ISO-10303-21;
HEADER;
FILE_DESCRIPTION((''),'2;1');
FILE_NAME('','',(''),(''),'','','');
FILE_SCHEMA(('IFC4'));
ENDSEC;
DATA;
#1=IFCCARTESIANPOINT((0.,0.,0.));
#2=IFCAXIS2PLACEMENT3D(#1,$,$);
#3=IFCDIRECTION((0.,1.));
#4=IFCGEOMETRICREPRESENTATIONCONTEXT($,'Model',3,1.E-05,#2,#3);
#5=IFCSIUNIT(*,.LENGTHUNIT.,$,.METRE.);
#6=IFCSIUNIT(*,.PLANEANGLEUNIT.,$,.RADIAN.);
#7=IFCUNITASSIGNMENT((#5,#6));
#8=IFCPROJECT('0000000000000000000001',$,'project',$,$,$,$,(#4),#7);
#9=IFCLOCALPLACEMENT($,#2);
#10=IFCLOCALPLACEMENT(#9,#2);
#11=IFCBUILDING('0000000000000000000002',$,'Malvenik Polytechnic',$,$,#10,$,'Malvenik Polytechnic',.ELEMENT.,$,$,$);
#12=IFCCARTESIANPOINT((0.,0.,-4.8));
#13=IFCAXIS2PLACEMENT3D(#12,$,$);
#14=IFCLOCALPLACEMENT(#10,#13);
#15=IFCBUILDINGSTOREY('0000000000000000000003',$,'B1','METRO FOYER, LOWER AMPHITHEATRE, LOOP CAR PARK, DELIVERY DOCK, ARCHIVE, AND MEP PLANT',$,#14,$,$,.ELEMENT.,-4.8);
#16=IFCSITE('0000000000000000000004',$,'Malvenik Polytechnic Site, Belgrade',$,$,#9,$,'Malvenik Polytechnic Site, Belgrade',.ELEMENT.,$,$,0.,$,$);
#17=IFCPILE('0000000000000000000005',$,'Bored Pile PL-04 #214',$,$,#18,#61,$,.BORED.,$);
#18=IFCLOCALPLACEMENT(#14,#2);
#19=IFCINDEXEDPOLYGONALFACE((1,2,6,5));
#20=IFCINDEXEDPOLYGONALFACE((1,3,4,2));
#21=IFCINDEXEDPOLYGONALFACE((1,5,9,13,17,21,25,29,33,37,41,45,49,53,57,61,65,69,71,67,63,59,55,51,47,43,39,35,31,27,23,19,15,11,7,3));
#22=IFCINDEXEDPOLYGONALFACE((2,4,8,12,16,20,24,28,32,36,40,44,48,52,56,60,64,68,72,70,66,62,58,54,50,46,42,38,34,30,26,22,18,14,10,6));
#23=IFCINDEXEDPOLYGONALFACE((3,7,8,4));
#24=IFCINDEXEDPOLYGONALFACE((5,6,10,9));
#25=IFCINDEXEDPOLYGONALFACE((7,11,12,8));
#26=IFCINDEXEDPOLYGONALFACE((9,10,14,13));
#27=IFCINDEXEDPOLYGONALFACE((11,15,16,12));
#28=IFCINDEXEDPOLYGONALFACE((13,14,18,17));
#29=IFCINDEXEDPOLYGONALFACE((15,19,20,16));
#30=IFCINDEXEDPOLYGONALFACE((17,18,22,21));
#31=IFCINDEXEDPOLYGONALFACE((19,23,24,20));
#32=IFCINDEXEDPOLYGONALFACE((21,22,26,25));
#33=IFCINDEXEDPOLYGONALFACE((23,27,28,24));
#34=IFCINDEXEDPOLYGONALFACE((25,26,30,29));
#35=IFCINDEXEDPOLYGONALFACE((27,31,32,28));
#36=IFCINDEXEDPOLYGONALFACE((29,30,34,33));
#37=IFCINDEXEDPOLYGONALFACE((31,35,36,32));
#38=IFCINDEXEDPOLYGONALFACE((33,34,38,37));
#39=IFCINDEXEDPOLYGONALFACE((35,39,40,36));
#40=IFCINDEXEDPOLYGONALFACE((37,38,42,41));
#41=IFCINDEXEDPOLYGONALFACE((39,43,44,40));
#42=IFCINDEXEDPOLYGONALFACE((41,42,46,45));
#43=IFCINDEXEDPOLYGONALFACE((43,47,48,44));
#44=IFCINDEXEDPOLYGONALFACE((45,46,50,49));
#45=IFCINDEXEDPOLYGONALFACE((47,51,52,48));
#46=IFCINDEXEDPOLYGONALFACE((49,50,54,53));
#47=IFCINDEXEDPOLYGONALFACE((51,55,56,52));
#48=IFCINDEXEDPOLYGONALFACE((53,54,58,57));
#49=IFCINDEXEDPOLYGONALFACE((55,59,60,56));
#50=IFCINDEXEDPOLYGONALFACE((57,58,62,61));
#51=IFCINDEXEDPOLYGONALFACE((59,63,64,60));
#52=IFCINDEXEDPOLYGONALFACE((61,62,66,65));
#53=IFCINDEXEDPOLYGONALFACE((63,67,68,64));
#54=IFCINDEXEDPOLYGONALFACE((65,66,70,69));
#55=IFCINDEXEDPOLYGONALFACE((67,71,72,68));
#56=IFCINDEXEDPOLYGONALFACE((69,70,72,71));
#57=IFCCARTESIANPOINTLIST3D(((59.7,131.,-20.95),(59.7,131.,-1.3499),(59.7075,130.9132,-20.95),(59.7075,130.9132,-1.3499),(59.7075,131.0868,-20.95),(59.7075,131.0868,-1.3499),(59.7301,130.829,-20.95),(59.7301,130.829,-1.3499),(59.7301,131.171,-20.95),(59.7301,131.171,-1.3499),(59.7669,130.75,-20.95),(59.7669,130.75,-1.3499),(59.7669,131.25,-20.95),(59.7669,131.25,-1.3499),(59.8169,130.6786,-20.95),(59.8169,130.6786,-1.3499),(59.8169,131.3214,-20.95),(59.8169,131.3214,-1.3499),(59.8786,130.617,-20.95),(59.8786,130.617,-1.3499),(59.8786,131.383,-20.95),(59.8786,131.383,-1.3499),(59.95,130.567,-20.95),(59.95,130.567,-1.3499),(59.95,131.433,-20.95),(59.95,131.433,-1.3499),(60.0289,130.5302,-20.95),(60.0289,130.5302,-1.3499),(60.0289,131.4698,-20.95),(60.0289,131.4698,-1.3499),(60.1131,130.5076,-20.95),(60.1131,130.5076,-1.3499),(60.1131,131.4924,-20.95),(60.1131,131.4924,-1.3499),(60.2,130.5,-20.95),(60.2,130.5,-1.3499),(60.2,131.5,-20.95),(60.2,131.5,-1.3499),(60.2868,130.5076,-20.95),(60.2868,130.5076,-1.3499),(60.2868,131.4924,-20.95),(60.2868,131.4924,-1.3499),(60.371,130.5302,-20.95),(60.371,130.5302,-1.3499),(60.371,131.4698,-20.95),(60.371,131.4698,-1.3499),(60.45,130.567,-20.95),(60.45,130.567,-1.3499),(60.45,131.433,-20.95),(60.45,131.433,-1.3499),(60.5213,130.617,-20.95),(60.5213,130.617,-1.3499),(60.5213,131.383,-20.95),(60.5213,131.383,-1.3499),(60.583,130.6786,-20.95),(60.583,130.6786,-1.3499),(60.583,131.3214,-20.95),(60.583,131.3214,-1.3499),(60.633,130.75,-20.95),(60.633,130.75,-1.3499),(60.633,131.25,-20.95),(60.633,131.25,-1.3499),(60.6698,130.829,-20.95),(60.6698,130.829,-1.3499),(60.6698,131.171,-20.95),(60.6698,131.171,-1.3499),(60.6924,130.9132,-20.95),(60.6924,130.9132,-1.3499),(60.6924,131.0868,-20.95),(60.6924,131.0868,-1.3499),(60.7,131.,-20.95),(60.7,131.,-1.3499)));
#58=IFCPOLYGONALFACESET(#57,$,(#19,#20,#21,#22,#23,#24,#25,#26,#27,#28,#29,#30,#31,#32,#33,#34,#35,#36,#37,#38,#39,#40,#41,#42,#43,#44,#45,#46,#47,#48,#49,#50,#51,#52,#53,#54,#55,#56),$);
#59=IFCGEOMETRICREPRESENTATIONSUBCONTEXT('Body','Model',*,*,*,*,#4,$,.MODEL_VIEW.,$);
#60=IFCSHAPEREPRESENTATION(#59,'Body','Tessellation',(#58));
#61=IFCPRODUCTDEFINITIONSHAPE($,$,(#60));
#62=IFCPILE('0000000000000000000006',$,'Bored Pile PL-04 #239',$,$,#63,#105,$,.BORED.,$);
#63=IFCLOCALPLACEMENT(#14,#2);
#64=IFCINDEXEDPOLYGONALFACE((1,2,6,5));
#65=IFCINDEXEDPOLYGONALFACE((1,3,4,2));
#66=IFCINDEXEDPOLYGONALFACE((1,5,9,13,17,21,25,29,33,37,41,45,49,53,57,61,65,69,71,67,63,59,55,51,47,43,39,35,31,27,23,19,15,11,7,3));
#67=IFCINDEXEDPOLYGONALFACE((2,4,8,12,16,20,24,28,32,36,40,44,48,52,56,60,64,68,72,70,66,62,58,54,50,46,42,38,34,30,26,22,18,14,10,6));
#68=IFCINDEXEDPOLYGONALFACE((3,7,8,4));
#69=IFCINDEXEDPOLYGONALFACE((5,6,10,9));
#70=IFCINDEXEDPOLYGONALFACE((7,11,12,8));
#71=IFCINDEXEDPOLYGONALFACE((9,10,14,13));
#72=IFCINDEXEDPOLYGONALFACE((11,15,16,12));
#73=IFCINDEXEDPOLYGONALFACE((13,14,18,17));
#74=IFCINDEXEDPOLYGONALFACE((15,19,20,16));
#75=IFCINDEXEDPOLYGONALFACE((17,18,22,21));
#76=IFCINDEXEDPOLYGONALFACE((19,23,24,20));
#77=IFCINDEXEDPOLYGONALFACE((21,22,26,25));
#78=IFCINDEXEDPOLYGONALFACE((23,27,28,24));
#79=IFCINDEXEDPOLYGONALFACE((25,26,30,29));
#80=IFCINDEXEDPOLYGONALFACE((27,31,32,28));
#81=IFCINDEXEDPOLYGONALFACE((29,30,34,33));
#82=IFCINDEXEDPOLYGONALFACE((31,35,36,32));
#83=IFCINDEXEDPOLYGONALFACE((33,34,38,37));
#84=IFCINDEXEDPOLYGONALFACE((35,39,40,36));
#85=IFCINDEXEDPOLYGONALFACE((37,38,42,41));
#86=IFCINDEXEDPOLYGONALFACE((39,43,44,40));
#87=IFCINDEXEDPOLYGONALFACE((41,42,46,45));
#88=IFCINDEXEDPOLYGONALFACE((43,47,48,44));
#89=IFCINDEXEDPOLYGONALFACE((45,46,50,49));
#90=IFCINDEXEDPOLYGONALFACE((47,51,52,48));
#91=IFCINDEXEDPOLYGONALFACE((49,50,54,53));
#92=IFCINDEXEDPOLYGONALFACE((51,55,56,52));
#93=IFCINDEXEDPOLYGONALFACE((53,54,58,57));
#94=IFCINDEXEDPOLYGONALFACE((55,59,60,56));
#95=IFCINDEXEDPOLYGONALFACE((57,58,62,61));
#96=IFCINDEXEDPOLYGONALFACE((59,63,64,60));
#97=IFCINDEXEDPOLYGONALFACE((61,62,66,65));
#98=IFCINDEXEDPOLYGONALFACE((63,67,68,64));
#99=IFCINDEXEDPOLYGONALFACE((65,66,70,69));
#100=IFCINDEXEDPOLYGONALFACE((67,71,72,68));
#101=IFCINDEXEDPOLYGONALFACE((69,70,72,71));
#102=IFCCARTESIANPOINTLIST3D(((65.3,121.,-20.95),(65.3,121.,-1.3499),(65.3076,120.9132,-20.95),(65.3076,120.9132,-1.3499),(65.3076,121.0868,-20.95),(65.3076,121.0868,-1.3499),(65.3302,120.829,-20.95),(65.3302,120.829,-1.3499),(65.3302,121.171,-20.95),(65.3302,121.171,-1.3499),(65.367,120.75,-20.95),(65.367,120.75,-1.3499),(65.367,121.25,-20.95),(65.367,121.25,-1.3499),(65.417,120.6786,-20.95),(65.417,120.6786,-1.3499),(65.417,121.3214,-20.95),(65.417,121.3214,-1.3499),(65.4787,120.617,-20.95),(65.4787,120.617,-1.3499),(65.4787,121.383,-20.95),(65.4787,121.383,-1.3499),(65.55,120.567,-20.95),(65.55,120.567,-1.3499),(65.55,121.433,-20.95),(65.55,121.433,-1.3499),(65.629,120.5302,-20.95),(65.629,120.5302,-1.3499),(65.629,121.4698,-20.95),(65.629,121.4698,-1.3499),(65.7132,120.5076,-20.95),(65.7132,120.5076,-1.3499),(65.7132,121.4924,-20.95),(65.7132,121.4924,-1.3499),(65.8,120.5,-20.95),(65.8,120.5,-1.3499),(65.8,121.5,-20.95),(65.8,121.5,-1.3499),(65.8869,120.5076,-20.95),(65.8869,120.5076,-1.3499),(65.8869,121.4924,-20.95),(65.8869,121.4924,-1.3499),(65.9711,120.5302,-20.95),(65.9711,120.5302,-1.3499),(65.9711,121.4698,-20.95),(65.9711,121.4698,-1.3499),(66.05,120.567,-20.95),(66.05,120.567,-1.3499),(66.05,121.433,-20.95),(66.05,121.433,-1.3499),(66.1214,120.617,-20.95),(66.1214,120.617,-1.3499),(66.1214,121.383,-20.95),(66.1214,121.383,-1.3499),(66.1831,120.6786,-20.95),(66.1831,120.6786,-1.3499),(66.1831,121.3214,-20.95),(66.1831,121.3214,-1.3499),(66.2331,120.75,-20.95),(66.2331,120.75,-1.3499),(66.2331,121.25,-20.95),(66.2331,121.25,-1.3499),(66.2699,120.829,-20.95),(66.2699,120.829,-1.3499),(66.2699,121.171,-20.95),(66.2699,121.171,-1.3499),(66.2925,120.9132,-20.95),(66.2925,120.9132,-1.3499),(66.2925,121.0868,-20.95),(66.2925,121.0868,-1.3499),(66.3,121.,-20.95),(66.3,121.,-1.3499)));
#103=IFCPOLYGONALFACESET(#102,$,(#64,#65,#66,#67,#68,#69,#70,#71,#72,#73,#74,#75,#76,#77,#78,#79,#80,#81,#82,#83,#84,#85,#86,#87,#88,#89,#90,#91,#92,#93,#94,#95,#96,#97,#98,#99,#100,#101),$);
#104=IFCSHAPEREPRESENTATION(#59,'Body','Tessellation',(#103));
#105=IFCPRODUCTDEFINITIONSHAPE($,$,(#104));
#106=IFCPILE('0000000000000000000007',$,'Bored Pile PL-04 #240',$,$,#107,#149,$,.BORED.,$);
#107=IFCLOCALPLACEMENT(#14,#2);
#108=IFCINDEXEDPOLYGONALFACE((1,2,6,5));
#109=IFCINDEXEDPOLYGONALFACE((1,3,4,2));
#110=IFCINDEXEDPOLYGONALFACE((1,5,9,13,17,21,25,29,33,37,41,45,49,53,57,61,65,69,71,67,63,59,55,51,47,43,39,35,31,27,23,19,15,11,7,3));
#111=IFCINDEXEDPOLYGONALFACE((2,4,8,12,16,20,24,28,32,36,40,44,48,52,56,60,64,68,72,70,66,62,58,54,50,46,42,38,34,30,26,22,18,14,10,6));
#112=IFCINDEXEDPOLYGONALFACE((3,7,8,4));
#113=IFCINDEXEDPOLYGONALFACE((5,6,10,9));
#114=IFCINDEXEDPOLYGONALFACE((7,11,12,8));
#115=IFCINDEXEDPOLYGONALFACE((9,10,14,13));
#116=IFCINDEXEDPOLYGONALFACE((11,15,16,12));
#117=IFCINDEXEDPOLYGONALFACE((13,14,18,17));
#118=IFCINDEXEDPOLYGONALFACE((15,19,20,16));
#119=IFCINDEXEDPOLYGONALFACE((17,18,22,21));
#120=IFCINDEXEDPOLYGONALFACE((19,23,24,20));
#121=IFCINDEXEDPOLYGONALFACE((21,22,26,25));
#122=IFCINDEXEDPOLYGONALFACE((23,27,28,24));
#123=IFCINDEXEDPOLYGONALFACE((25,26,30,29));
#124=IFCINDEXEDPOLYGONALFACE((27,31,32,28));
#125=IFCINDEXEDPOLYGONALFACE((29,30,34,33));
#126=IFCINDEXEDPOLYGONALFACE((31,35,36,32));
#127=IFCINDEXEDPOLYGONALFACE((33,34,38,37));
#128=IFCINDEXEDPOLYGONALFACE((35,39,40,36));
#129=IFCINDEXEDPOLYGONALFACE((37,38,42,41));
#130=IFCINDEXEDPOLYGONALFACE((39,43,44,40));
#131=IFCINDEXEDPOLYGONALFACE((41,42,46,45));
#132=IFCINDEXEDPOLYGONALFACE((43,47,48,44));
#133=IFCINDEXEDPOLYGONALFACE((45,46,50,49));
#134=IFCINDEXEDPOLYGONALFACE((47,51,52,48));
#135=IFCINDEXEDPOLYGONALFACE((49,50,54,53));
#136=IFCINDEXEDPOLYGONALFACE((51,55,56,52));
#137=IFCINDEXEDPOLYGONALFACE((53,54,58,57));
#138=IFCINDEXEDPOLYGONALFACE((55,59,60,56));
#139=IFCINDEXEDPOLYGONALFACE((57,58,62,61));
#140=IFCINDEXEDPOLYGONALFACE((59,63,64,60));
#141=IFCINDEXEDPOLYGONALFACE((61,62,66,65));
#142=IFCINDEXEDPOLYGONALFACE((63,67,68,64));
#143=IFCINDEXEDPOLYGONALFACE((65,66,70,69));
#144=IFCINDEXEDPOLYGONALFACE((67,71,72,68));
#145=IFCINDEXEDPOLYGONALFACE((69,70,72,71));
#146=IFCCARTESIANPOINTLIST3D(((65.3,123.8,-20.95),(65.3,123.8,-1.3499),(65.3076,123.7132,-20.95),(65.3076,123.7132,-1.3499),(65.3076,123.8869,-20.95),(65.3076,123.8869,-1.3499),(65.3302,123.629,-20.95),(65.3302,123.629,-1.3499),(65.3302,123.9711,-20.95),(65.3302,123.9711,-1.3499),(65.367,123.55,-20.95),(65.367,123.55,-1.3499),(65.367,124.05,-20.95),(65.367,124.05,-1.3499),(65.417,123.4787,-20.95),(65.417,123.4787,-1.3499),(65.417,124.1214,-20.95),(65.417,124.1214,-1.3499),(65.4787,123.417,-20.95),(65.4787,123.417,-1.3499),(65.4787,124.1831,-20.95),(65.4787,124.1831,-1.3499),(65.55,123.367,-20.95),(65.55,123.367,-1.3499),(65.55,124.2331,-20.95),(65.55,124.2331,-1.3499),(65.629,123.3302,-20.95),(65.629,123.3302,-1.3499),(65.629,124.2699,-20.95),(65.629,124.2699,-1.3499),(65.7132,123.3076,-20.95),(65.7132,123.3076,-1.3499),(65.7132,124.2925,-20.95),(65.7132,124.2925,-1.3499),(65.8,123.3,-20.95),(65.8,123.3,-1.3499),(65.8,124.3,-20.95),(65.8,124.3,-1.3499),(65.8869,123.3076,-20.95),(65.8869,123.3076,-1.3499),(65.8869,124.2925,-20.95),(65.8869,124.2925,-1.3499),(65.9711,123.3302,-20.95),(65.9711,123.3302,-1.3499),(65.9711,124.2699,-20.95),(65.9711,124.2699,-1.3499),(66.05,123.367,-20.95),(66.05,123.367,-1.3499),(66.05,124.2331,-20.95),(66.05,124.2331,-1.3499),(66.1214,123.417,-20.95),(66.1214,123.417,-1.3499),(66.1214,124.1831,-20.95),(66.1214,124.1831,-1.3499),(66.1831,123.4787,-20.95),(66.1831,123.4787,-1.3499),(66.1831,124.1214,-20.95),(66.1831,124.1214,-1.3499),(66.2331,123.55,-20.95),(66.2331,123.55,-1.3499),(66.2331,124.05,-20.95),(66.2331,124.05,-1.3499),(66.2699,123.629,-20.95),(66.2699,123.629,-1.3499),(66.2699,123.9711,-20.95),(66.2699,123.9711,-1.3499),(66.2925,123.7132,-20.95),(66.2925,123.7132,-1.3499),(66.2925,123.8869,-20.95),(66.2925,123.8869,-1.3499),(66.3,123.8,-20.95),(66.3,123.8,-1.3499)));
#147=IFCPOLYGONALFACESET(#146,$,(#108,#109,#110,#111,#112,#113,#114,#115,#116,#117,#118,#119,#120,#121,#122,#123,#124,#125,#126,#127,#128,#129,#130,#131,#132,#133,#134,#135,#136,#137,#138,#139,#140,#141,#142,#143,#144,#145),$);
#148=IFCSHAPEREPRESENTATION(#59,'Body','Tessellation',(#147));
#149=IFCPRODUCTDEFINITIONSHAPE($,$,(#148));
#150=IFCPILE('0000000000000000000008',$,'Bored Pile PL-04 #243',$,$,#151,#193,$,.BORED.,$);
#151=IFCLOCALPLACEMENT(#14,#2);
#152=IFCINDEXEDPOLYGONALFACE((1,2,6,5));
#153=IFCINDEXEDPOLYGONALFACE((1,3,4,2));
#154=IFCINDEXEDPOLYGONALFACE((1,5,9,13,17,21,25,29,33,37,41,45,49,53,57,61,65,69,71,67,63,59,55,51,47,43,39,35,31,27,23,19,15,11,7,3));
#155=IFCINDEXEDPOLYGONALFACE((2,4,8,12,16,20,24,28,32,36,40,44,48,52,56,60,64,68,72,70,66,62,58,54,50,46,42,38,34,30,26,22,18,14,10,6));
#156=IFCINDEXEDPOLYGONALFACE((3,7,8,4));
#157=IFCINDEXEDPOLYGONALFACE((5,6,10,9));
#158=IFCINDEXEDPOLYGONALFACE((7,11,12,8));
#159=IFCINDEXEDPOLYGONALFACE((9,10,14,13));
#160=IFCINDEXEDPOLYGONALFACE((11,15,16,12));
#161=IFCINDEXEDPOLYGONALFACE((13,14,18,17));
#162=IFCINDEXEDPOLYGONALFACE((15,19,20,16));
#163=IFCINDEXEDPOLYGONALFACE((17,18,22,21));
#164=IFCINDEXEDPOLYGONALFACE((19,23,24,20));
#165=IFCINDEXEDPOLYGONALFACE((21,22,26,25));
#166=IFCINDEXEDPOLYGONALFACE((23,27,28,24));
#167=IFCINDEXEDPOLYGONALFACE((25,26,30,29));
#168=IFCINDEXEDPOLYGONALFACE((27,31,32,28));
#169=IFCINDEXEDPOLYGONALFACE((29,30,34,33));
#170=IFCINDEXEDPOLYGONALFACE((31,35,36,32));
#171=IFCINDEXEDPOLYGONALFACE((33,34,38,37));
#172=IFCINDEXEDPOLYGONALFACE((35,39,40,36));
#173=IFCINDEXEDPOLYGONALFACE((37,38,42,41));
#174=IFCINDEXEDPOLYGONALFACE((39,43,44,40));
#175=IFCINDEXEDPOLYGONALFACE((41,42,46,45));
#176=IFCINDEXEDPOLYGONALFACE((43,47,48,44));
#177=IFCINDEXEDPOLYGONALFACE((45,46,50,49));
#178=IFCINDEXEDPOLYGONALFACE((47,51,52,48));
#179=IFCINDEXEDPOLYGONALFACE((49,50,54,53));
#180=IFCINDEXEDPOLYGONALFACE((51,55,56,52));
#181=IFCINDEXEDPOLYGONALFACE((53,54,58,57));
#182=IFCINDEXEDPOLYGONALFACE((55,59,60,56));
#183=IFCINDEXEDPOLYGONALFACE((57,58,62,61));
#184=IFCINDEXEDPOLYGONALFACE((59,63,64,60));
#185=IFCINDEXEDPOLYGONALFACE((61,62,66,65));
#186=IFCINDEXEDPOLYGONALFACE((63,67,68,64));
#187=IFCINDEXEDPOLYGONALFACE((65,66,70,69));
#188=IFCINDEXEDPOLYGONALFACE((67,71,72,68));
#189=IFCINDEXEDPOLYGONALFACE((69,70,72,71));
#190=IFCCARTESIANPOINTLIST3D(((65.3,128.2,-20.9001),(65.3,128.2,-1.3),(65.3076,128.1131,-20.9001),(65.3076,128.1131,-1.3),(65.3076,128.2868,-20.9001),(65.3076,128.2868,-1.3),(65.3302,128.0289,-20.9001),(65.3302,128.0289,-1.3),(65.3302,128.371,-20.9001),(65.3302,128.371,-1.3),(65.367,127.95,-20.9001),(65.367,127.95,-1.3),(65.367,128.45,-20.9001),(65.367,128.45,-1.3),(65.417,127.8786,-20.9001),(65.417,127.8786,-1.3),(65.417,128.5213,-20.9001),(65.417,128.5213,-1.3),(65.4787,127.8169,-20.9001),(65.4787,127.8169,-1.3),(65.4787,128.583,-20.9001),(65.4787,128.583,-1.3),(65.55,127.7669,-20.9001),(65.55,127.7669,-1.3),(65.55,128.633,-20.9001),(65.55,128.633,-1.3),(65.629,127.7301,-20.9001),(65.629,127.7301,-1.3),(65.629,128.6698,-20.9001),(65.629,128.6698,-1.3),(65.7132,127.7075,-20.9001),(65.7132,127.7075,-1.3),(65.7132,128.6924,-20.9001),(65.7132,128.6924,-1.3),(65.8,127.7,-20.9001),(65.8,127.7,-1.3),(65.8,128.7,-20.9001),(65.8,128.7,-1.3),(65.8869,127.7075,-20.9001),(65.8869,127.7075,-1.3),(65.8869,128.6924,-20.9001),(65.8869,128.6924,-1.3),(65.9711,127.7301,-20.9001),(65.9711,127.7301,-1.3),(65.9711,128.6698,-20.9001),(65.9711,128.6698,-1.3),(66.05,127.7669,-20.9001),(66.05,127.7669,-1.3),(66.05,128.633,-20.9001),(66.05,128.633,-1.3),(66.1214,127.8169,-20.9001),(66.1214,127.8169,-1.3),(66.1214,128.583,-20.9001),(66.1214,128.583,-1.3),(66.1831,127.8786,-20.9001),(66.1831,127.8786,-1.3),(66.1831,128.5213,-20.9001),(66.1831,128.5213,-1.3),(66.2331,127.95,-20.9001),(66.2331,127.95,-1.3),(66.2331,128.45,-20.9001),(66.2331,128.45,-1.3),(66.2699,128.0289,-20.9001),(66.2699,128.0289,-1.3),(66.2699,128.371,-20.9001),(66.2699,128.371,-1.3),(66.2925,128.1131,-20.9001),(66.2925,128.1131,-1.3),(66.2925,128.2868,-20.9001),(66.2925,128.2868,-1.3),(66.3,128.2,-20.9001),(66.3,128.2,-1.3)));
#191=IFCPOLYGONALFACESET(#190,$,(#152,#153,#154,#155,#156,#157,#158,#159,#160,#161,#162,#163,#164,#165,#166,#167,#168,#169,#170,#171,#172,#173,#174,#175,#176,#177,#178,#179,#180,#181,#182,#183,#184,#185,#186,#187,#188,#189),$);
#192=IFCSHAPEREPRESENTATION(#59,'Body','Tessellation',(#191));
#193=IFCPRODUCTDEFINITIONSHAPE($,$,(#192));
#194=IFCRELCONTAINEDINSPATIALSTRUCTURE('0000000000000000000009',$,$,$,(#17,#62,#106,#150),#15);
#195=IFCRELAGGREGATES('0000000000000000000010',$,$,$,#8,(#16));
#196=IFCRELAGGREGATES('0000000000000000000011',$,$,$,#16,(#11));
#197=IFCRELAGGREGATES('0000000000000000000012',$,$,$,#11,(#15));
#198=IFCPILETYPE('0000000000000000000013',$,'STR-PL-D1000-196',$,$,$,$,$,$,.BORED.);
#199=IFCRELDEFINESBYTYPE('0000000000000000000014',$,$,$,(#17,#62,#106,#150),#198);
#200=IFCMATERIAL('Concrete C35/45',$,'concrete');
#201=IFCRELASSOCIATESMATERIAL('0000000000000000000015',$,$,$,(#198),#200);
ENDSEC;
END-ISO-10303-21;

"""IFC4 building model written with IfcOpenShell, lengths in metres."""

from ifc_helpers import new_model, si_unit, direction, frame, origin, origin_2d, place, context, subcontext, project, spatial, circle, extrude, material, material_profile, profile_set, type_object, element, save


model = new_model("IFC4")

# Units and contexts
model_context = context("Model", 3, precision=1e-05, world=origin(), true_north=direction((0.0, 1.0)))
body_context = subcontext(model_context, "Body", "Model", "MODEL_VIEW")
ifc_project = project(units=[si_unit("LENGTHUNIT", "METRE"), si_unit("PLANEANGLEUNIT", "RADIAN")], contexts=[model_context])

# Site, building, storey
site_placement = place(None, origin())
site = spatial("IfcSite", under=ifc_project, at=site_placement, Name="Malvenik Polytechnic Site, Belgrade", LongName="Malvenik Polytechnic Site, Belgrade", CompositionType="ELEMENT", RefElevation=0.0)
building_placement = place(site_placement, origin())
building = spatial("IfcBuilding", under=site, at=building_placement, Name="Malvenik Polytechnic", LongName="Malvenik Polytechnic", CompositionType="ELEMENT")
storey_placement = place(building_placement, frame((0.0, 0.0, -4.8)))
storey = spatial("IfcBuildingStorey", under=building, at=storey_placement, Name="B1", Description="METRO FOYER, LOWER AMPHITHEATRE, LOOP CAR PARK, DELIVERY DOCK, ARCHIVE, AND MEP PLANT", CompositionType="ELEMENT", Elevation=-4.8)

# Shared definitions
ifc_material_1 = material(Name="Concrete C35/45", Category="concrete")

# Piles
ifc_material_profile_1 = material_profile(ifc_material_1, circle(Radius=0.5, at=origin_2d()), Name="BORED PILE D1000")
ifc_profile_set_1 = profile_set([ifc_material_profile_1], Name="Concrete C35/45")
pile_type = type_object("IfcPileType", Name="STR-PL-D1000-196", PredefinedType="BORED", material=ifc_profile_set_1)
for number, where, z_axis, x_axis, name in (
    (1, (60.2, 131.0, -1.3499), (0.0, 0.0, -1.0), (1.0, 0.0, 0.0), "Bored Pile PL-04 #214"),
    (2, (65.8, 121.0, -1.3499), (0.0, 0.0, -1.0), (1.0, 0.0, 0.0), "Bored Pile PL-04 #239"),
    (3, (65.8, 123.8, -1.3499), (0.0, 0.0, -1.0), (1.0, 0.0, 0.0), "Bored Pile PL-04 #240"),
    (4, (65.8, 128.2, -1.3), (0.0, 0.0, -1.0), (1.0, 0.0, 0.0), "Bored Pile PL-04 #243"),
):
    element("IfcPile", number, at=place(storey_placement, frame(where, z_axis=z_axis, x_axis=x_axis)), inside=storey, type_object=pile_type, Name=name, PredefinedType="BORED", context=body_context, shape_type="SweptSolid", body=[
        extrude(circle(Radius=0.5, at=origin_2d()), origin(), (0.0, 0.0, 1.0), 19.6001),
    ])

save(model, "model.ifc")
